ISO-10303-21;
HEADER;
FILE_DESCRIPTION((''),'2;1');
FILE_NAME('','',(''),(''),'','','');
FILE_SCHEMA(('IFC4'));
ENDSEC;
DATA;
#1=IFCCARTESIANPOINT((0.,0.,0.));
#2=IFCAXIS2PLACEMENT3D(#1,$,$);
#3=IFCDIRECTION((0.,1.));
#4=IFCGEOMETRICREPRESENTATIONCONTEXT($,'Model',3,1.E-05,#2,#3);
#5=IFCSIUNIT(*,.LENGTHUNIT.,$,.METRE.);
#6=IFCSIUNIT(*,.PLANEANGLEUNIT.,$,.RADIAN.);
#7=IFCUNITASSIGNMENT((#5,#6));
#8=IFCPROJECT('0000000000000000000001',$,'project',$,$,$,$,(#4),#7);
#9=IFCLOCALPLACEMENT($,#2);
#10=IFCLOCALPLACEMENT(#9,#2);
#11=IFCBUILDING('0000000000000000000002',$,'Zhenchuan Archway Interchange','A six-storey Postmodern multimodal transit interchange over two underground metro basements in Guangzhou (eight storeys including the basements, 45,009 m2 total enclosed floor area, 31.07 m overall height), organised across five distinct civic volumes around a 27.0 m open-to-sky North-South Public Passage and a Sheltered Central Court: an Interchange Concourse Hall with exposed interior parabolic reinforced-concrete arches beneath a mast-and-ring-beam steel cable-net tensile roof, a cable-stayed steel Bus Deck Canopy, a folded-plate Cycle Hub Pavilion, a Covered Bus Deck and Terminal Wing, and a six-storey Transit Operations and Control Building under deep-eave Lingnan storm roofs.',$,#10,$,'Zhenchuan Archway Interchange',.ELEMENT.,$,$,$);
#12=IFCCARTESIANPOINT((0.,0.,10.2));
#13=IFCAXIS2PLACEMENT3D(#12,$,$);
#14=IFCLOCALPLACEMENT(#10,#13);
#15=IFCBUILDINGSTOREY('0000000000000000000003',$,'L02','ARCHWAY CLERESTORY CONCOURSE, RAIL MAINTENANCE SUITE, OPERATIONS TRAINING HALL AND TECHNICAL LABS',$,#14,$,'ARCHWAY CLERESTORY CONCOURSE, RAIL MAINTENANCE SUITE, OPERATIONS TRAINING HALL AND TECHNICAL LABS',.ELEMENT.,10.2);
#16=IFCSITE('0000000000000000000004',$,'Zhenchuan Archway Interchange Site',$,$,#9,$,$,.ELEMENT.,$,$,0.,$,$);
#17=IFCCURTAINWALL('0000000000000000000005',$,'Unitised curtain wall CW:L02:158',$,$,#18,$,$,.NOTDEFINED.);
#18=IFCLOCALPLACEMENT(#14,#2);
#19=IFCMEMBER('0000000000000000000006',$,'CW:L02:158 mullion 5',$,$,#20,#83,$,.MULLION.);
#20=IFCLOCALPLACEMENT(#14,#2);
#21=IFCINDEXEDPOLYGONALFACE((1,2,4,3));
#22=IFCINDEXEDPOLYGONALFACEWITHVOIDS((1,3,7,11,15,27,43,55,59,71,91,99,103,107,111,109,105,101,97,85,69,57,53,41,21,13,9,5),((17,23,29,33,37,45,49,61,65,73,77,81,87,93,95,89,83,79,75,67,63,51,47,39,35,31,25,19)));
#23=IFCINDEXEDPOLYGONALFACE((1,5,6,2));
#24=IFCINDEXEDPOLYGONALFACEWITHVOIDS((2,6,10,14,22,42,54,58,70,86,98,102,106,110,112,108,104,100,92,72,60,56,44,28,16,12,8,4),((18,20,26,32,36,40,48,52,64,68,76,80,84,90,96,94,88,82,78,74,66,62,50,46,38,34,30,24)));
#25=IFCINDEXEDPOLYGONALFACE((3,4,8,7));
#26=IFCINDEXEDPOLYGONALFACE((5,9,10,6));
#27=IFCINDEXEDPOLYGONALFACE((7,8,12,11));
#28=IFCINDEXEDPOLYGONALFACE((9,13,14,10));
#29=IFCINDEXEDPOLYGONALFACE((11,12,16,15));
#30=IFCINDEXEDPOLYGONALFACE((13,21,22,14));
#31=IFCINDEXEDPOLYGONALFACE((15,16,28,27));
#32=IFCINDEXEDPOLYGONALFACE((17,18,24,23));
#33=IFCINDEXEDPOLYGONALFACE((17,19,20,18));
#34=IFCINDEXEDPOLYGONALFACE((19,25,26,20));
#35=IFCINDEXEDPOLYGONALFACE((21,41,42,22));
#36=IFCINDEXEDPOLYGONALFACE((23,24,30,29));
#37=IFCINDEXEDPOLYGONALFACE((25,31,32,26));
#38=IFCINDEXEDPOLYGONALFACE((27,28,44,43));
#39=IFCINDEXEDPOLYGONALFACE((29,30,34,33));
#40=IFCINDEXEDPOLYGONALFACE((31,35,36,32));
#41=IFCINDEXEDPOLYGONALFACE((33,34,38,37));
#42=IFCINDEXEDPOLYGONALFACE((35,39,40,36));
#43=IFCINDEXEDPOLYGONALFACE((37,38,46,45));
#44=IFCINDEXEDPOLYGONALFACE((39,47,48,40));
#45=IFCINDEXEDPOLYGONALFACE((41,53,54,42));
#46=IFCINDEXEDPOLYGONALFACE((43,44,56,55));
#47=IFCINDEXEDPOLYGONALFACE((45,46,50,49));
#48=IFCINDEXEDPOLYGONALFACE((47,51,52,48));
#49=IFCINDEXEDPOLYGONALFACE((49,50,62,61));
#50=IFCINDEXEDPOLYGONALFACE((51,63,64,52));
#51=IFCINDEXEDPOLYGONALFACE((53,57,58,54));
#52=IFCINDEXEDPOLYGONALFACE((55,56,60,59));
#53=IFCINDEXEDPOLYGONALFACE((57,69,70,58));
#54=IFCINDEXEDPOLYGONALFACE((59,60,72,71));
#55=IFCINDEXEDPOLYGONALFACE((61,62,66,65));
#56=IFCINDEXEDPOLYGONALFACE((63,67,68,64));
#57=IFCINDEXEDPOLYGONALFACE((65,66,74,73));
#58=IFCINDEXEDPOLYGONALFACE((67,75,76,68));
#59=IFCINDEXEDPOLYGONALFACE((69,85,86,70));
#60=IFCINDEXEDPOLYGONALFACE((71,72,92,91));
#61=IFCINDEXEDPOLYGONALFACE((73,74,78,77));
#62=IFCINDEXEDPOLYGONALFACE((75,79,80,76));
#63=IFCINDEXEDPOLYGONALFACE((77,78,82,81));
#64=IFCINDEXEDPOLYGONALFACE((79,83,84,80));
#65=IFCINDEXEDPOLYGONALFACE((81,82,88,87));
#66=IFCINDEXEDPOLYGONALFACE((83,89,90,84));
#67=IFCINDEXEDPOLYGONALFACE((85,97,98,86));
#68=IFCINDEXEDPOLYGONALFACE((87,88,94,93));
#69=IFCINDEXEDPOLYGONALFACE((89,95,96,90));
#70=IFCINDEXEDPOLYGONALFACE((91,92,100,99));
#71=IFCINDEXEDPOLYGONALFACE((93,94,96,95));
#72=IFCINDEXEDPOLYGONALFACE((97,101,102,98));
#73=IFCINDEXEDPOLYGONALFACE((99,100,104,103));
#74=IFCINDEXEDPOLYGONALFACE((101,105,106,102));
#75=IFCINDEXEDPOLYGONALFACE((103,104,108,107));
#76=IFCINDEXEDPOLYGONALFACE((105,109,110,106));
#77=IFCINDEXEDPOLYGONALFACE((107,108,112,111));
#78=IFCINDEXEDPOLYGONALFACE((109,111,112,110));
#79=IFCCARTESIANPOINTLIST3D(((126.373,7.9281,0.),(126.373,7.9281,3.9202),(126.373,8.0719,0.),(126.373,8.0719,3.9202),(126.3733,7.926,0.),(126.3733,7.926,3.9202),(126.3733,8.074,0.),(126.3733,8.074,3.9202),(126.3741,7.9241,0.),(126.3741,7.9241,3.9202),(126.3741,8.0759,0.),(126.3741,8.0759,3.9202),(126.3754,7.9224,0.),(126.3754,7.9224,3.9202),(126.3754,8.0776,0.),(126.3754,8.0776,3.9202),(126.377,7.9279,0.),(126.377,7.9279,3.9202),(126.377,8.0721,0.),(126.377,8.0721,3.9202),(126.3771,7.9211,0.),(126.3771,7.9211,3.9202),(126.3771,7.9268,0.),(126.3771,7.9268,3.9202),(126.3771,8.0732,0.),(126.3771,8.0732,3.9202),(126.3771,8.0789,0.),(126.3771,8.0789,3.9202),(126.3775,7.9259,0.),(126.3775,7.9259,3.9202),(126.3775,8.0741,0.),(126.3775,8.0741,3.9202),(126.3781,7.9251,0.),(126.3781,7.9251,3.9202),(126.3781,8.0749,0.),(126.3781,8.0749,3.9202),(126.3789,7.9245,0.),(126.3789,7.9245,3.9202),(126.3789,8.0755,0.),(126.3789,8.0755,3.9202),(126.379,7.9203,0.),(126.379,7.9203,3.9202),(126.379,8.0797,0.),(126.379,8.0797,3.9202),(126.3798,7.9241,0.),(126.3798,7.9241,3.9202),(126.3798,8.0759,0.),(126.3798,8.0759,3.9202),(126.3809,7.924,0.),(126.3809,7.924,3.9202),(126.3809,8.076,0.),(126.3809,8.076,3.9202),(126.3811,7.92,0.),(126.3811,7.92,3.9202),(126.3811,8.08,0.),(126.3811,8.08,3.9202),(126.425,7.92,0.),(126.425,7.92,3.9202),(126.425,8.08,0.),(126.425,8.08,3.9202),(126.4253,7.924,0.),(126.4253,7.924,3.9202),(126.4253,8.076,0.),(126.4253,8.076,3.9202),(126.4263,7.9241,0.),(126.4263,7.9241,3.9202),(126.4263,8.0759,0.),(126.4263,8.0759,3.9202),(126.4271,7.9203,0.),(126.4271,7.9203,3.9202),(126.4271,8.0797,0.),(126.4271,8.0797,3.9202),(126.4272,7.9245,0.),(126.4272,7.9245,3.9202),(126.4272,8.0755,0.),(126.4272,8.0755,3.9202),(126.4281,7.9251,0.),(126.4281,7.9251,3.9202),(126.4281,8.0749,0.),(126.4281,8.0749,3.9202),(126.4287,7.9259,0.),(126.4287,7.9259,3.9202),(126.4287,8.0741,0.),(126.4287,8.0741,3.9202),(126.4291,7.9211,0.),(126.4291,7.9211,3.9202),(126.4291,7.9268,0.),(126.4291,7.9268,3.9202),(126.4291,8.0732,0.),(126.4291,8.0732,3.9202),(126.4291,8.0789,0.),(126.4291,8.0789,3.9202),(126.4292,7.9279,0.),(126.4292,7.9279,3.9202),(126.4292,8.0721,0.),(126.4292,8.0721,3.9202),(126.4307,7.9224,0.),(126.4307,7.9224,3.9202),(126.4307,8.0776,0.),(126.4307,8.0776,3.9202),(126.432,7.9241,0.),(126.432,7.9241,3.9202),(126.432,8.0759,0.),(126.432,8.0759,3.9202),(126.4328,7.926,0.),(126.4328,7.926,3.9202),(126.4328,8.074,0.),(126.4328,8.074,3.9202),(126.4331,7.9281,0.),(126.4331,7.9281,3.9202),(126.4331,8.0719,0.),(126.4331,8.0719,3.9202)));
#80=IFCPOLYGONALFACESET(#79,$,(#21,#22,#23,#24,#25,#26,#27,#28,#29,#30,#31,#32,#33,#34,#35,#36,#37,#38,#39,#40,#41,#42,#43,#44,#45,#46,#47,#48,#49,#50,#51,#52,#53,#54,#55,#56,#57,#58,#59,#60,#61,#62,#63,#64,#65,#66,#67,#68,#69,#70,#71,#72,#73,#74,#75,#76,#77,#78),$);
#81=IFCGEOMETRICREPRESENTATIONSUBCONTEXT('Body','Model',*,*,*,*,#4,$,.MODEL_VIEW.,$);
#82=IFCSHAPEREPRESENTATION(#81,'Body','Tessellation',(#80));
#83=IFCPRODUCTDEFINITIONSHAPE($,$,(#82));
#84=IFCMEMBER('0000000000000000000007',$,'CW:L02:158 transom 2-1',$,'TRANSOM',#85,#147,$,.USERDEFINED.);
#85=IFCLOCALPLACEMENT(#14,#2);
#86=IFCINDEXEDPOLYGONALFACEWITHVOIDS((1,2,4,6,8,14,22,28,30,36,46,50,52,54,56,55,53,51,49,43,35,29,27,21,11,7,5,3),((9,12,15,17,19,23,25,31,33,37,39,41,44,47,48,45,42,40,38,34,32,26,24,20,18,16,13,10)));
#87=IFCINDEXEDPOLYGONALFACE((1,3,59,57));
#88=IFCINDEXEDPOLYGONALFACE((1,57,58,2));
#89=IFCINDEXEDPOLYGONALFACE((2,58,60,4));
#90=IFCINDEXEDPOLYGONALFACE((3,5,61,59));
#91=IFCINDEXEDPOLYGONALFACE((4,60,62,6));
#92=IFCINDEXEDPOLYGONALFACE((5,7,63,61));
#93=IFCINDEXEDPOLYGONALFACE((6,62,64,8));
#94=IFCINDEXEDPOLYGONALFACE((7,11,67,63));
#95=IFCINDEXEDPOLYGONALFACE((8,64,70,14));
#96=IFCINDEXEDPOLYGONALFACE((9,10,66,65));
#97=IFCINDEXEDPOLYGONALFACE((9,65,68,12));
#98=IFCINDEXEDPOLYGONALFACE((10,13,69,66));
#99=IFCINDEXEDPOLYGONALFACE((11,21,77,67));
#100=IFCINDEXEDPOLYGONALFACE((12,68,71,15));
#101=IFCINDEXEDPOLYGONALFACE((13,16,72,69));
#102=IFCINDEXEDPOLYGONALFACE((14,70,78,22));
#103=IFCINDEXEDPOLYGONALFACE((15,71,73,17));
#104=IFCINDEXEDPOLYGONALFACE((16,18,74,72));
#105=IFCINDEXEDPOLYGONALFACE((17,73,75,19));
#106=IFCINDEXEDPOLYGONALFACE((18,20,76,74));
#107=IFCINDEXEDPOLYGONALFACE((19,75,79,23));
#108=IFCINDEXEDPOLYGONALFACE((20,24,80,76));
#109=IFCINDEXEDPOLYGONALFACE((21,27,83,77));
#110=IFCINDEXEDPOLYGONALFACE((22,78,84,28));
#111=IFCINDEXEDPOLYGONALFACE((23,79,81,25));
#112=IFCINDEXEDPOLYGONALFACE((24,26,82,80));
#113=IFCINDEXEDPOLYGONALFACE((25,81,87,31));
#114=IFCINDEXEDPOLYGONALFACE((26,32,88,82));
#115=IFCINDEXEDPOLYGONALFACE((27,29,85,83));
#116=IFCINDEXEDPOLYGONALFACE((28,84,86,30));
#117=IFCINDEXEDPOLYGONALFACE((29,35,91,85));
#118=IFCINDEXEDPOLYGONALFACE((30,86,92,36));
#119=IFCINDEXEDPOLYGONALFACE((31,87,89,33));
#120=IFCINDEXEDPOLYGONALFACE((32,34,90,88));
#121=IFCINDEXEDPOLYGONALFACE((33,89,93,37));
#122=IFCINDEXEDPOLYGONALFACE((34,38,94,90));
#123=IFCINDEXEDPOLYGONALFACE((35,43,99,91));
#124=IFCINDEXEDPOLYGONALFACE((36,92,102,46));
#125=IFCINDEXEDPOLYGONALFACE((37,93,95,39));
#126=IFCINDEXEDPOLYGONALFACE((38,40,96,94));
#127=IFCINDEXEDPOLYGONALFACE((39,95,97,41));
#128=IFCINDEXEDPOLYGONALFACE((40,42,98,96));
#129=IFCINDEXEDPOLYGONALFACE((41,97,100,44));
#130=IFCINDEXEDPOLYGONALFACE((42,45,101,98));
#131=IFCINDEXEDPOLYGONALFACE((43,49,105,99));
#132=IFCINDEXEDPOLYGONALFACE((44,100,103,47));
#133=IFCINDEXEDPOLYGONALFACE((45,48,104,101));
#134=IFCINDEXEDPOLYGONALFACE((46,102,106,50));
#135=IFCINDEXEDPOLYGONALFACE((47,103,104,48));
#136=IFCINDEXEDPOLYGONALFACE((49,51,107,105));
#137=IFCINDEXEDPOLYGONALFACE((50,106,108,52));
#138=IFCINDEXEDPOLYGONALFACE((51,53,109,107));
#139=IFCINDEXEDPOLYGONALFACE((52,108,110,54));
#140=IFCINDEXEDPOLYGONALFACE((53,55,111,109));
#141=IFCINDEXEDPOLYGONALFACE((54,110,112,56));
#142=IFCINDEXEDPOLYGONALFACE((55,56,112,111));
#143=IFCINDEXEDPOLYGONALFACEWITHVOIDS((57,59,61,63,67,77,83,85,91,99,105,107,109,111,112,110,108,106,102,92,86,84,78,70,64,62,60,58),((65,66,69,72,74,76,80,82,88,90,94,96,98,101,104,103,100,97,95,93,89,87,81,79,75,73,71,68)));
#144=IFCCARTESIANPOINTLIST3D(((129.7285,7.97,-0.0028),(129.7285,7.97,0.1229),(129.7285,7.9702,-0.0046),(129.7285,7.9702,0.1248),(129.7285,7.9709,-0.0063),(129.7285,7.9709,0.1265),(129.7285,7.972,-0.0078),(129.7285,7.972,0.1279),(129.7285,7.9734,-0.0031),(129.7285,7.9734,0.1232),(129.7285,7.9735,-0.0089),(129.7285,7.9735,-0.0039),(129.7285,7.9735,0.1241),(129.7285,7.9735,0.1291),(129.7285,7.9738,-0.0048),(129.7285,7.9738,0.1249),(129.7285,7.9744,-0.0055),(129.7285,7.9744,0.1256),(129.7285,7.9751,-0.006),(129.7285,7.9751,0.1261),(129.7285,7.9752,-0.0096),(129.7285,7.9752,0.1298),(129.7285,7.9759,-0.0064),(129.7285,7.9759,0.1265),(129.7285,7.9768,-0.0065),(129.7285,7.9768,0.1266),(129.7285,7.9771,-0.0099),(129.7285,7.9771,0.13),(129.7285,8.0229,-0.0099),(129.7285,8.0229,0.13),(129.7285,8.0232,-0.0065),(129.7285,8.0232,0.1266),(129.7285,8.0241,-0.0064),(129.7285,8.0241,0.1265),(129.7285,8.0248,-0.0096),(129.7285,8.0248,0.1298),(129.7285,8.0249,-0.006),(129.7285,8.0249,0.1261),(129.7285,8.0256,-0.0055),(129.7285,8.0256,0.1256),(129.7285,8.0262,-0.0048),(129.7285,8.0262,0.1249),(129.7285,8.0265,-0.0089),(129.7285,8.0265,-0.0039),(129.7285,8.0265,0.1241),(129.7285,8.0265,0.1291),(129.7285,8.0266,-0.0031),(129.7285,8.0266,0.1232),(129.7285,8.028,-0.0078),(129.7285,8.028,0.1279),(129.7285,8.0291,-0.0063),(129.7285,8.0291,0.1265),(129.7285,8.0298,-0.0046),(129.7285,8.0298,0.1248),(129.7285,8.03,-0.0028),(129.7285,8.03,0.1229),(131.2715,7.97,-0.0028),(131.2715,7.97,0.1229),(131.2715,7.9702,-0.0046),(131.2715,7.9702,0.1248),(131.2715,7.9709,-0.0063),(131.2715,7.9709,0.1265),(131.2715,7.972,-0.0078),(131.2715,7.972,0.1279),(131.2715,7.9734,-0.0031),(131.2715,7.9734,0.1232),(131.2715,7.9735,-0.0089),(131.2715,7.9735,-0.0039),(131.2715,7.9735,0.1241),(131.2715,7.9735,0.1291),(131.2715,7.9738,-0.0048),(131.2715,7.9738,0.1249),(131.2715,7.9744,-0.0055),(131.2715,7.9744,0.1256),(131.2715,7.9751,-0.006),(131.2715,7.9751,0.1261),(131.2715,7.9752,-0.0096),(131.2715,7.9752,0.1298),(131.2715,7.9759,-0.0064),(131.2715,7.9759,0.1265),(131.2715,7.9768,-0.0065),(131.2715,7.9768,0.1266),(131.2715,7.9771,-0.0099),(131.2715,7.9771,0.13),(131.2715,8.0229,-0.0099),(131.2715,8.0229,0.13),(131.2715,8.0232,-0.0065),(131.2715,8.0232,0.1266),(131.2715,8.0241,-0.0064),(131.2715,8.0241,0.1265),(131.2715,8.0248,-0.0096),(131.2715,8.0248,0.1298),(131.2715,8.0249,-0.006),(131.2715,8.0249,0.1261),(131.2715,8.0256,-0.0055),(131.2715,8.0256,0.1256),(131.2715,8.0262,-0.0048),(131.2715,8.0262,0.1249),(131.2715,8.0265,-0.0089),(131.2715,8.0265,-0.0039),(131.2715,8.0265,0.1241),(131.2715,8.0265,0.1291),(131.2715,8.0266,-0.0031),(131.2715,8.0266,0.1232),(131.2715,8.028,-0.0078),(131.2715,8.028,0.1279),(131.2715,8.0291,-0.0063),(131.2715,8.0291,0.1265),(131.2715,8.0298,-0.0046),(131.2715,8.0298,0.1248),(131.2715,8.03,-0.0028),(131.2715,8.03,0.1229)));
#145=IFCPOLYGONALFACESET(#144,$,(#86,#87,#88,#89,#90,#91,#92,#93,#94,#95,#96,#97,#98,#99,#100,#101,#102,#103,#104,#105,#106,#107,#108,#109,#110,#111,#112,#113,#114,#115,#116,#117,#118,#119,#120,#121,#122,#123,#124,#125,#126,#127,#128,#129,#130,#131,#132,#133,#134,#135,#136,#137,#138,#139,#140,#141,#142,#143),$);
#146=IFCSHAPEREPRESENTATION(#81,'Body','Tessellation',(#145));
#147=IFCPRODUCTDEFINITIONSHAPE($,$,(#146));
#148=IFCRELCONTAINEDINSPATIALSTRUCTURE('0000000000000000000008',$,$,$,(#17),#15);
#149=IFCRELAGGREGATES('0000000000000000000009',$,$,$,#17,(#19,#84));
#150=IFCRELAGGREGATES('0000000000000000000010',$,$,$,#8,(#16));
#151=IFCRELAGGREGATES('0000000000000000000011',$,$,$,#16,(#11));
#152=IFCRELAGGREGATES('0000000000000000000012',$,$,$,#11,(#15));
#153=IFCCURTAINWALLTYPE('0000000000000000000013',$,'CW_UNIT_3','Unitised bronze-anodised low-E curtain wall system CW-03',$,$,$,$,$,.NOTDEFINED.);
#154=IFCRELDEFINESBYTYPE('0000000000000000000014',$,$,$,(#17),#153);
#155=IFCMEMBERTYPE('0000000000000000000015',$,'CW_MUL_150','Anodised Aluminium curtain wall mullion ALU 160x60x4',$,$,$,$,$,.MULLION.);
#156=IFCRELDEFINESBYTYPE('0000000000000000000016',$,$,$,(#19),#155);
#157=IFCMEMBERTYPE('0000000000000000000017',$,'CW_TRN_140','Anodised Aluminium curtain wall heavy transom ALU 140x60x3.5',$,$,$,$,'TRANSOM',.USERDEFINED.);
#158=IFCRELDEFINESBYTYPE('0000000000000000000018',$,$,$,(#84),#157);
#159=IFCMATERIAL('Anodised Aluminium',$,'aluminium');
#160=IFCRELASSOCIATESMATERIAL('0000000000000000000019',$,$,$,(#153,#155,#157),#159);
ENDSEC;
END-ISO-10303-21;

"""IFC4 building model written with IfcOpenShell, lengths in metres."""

from ifc_helpers import new_model, si_unit, direction, frame, origin, origin_2d, place, context, subcontext, project, spatial, hollow_rectangle, extrude, material, material_profile, profile_set, type_object, element, aggregate, save


model = new_model("IFC4")

# Units and contexts
model_context = context("Model", 3, precision=1e-05, world=origin(), true_north=direction((0.0, 1.0)))
body_context = subcontext(model_context, "Body", "Model", "MODEL_VIEW")
ifc_project = project(units=[si_unit("LENGTHUNIT", "METRE"), si_unit("PLANEANGLEUNIT", "RADIAN")], contexts=[model_context])

# Site, building, storey
site_placement = place(None, origin())
site = spatial("IfcSite", under=ifc_project, at=site_placement, Name="Zhenchuan Archway Interchange Site", CompositionType="ELEMENT", RefElevation=0.0)
building_placement = place(site_placement, origin())
building = spatial("IfcBuilding", under=site, at=building_placement, Name="Zhenchuan Archway Interchange", Description="A six-storey Postmodern multimodal transit interchange over two underground metro basements in Guangzhou (eight storeys including the basements, 45,009 m2 total enclosed floor area, 31.07 m overall height), organised across five distinct civic volumes around a 27.0 m open-to-sky North-South Public Passage and a Sheltered Central Court: an Interchange Concourse Hall with exposed interior parabolic reinforced-concrete arches beneath a mast-and-ring-beam steel cable-net tensile roof, a cable-stayed steel Bus Deck Canopy, a folded-plate Cycle Hub Pavilion, a Covered Bus Deck and Terminal Wing, and a six-storey Transit Operations and Control Building under deep-eave Lingnan storm roofs.", LongName="Zhenchuan Archway Interchange", CompositionType="ELEMENT")
storey_placement = place(building_placement, frame((0.0, 0.0, 10.2)))
storey = spatial("IfcBuildingStorey", under=building, at=storey_placement, Name="L02", Description="ARCHWAY CLERESTORY CONCOURSE, RAIL MAINTENANCE SUITE, OPERATIONS TRAINING HALL AND TECHNICAL LABS", LongName="ARCHWAY CLERESTORY CONCOURSE, RAIL MAINTENANCE SUITE, OPERATIONS TRAINING HALL AND TECHNICAL LABS", CompositionType="ELEMENT", Elevation=10.2)

# Curtain wall, members
ifc_material_1 = material(Name="Anodised Aluminium", Category="aluminium")
curtain_wall_type = type_object("IfcCurtainWallType", Name="CW_UNIT_3", Description="Unitised bronze-anodised low-E curtain wall system CW-03", PredefinedType="NOTDEFINED", material=ifc_material_1)
curtain_wall_placement = place(storey_placement, origin())
curtain_wall = element("IfcCurtainWall", 1, at=curtain_wall_placement, inside=storey, type_object=curtain_wall_type, Name="Unitised curtain wall CW:L02:158", PredefinedType="NOTDEFINED")
ifc_material_profile_1 = material_profile(ifc_material_1, hollow_rectangle(XDim=0.0601, YDim=0.1599, WallThickness=0.0039, InnerFilletRadius=0.0039, OuterFilletRadius=0.0081, at=origin_2d()), Name="ALU 160x60x4")
ifc_profile_set_1 = profile_set([ifc_material_profile_1], Name="Anodised Aluminium")
member_type_1 = type_object("IfcMemberType", Name="CW_MUL_150", Description="Anodised Aluminium curtain wall mullion ALU 160x60x4", PredefinedType="MULLION", material=ifc_profile_set_1)
member_1_placement = place(storey_placement, frame((126.4031, 8.0, 0.0), z_axis=(0.0, 0.0, 1.0), x_axis=(1.0, 0.0, 0.0)))
member_1 = element("IfcMember", 2, at=member_1_placement, type_object=member_type_1, Name="CW:L02:158 mullion 5", PredefinedType="MULLION", context=body_context, shape_type="SweptSolid", body=[
    extrude(hollow_rectangle(XDim=0.0601, YDim=0.1599, WallThickness=0.0039, InnerFilletRadius=0.0039, OuterFilletRadius=0.0081, at=origin_2d()), origin(), (0.0, 0.0, 1.0), 3.9202),
])
ifc_material_profile_2 = material_profile(ifc_material_1, hollow_rectangle(XDim=0.0601, YDim=0.1399, WallThickness=0.0034, InnerFilletRadius=0.0034, OuterFilletRadius=0.0071, at=origin_2d()), Name="ALU 140x60x3.5")
ifc_profile_set_2 = profile_set([ifc_material_profile_2], Name="Anodised Aluminium")
member_type_2 = type_object("IfcMemberType", Name="CW_TRN_140", Description="Anodised Aluminium curtain wall heavy transom ALU 140x60x3.5", ElementType="TRANSOM", PredefinedType="USERDEFINED", material=ifc_profile_set_2)
member_2_placement = place(storey_placement, frame((131.2715, 8.0, 0.0601), z_axis=(-1.0, 0.0, 0.0), x_axis=(0.0, -1.0, 0.0)))
member_2 = element("IfcMember", 3, at=member_2_placement, type_object=member_type_2, Name="CW:L02:158 transom 2-1", ObjectType="TRANSOM", PredefinedType="USERDEFINED", context=body_context, shape_type="SweptSolid", body=[
    extrude(hollow_rectangle(XDim=0.0601, YDim=0.1399, WallThickness=0.0034, InnerFilletRadius=0.0034, OuterFilletRadius=0.0071, at=origin_2d()), origin(), (0.0, 0.0, 1.0), 1.543),
])

aggregate(curtain_wall, [member_1, member_2])

save(model, "model.ifc")
